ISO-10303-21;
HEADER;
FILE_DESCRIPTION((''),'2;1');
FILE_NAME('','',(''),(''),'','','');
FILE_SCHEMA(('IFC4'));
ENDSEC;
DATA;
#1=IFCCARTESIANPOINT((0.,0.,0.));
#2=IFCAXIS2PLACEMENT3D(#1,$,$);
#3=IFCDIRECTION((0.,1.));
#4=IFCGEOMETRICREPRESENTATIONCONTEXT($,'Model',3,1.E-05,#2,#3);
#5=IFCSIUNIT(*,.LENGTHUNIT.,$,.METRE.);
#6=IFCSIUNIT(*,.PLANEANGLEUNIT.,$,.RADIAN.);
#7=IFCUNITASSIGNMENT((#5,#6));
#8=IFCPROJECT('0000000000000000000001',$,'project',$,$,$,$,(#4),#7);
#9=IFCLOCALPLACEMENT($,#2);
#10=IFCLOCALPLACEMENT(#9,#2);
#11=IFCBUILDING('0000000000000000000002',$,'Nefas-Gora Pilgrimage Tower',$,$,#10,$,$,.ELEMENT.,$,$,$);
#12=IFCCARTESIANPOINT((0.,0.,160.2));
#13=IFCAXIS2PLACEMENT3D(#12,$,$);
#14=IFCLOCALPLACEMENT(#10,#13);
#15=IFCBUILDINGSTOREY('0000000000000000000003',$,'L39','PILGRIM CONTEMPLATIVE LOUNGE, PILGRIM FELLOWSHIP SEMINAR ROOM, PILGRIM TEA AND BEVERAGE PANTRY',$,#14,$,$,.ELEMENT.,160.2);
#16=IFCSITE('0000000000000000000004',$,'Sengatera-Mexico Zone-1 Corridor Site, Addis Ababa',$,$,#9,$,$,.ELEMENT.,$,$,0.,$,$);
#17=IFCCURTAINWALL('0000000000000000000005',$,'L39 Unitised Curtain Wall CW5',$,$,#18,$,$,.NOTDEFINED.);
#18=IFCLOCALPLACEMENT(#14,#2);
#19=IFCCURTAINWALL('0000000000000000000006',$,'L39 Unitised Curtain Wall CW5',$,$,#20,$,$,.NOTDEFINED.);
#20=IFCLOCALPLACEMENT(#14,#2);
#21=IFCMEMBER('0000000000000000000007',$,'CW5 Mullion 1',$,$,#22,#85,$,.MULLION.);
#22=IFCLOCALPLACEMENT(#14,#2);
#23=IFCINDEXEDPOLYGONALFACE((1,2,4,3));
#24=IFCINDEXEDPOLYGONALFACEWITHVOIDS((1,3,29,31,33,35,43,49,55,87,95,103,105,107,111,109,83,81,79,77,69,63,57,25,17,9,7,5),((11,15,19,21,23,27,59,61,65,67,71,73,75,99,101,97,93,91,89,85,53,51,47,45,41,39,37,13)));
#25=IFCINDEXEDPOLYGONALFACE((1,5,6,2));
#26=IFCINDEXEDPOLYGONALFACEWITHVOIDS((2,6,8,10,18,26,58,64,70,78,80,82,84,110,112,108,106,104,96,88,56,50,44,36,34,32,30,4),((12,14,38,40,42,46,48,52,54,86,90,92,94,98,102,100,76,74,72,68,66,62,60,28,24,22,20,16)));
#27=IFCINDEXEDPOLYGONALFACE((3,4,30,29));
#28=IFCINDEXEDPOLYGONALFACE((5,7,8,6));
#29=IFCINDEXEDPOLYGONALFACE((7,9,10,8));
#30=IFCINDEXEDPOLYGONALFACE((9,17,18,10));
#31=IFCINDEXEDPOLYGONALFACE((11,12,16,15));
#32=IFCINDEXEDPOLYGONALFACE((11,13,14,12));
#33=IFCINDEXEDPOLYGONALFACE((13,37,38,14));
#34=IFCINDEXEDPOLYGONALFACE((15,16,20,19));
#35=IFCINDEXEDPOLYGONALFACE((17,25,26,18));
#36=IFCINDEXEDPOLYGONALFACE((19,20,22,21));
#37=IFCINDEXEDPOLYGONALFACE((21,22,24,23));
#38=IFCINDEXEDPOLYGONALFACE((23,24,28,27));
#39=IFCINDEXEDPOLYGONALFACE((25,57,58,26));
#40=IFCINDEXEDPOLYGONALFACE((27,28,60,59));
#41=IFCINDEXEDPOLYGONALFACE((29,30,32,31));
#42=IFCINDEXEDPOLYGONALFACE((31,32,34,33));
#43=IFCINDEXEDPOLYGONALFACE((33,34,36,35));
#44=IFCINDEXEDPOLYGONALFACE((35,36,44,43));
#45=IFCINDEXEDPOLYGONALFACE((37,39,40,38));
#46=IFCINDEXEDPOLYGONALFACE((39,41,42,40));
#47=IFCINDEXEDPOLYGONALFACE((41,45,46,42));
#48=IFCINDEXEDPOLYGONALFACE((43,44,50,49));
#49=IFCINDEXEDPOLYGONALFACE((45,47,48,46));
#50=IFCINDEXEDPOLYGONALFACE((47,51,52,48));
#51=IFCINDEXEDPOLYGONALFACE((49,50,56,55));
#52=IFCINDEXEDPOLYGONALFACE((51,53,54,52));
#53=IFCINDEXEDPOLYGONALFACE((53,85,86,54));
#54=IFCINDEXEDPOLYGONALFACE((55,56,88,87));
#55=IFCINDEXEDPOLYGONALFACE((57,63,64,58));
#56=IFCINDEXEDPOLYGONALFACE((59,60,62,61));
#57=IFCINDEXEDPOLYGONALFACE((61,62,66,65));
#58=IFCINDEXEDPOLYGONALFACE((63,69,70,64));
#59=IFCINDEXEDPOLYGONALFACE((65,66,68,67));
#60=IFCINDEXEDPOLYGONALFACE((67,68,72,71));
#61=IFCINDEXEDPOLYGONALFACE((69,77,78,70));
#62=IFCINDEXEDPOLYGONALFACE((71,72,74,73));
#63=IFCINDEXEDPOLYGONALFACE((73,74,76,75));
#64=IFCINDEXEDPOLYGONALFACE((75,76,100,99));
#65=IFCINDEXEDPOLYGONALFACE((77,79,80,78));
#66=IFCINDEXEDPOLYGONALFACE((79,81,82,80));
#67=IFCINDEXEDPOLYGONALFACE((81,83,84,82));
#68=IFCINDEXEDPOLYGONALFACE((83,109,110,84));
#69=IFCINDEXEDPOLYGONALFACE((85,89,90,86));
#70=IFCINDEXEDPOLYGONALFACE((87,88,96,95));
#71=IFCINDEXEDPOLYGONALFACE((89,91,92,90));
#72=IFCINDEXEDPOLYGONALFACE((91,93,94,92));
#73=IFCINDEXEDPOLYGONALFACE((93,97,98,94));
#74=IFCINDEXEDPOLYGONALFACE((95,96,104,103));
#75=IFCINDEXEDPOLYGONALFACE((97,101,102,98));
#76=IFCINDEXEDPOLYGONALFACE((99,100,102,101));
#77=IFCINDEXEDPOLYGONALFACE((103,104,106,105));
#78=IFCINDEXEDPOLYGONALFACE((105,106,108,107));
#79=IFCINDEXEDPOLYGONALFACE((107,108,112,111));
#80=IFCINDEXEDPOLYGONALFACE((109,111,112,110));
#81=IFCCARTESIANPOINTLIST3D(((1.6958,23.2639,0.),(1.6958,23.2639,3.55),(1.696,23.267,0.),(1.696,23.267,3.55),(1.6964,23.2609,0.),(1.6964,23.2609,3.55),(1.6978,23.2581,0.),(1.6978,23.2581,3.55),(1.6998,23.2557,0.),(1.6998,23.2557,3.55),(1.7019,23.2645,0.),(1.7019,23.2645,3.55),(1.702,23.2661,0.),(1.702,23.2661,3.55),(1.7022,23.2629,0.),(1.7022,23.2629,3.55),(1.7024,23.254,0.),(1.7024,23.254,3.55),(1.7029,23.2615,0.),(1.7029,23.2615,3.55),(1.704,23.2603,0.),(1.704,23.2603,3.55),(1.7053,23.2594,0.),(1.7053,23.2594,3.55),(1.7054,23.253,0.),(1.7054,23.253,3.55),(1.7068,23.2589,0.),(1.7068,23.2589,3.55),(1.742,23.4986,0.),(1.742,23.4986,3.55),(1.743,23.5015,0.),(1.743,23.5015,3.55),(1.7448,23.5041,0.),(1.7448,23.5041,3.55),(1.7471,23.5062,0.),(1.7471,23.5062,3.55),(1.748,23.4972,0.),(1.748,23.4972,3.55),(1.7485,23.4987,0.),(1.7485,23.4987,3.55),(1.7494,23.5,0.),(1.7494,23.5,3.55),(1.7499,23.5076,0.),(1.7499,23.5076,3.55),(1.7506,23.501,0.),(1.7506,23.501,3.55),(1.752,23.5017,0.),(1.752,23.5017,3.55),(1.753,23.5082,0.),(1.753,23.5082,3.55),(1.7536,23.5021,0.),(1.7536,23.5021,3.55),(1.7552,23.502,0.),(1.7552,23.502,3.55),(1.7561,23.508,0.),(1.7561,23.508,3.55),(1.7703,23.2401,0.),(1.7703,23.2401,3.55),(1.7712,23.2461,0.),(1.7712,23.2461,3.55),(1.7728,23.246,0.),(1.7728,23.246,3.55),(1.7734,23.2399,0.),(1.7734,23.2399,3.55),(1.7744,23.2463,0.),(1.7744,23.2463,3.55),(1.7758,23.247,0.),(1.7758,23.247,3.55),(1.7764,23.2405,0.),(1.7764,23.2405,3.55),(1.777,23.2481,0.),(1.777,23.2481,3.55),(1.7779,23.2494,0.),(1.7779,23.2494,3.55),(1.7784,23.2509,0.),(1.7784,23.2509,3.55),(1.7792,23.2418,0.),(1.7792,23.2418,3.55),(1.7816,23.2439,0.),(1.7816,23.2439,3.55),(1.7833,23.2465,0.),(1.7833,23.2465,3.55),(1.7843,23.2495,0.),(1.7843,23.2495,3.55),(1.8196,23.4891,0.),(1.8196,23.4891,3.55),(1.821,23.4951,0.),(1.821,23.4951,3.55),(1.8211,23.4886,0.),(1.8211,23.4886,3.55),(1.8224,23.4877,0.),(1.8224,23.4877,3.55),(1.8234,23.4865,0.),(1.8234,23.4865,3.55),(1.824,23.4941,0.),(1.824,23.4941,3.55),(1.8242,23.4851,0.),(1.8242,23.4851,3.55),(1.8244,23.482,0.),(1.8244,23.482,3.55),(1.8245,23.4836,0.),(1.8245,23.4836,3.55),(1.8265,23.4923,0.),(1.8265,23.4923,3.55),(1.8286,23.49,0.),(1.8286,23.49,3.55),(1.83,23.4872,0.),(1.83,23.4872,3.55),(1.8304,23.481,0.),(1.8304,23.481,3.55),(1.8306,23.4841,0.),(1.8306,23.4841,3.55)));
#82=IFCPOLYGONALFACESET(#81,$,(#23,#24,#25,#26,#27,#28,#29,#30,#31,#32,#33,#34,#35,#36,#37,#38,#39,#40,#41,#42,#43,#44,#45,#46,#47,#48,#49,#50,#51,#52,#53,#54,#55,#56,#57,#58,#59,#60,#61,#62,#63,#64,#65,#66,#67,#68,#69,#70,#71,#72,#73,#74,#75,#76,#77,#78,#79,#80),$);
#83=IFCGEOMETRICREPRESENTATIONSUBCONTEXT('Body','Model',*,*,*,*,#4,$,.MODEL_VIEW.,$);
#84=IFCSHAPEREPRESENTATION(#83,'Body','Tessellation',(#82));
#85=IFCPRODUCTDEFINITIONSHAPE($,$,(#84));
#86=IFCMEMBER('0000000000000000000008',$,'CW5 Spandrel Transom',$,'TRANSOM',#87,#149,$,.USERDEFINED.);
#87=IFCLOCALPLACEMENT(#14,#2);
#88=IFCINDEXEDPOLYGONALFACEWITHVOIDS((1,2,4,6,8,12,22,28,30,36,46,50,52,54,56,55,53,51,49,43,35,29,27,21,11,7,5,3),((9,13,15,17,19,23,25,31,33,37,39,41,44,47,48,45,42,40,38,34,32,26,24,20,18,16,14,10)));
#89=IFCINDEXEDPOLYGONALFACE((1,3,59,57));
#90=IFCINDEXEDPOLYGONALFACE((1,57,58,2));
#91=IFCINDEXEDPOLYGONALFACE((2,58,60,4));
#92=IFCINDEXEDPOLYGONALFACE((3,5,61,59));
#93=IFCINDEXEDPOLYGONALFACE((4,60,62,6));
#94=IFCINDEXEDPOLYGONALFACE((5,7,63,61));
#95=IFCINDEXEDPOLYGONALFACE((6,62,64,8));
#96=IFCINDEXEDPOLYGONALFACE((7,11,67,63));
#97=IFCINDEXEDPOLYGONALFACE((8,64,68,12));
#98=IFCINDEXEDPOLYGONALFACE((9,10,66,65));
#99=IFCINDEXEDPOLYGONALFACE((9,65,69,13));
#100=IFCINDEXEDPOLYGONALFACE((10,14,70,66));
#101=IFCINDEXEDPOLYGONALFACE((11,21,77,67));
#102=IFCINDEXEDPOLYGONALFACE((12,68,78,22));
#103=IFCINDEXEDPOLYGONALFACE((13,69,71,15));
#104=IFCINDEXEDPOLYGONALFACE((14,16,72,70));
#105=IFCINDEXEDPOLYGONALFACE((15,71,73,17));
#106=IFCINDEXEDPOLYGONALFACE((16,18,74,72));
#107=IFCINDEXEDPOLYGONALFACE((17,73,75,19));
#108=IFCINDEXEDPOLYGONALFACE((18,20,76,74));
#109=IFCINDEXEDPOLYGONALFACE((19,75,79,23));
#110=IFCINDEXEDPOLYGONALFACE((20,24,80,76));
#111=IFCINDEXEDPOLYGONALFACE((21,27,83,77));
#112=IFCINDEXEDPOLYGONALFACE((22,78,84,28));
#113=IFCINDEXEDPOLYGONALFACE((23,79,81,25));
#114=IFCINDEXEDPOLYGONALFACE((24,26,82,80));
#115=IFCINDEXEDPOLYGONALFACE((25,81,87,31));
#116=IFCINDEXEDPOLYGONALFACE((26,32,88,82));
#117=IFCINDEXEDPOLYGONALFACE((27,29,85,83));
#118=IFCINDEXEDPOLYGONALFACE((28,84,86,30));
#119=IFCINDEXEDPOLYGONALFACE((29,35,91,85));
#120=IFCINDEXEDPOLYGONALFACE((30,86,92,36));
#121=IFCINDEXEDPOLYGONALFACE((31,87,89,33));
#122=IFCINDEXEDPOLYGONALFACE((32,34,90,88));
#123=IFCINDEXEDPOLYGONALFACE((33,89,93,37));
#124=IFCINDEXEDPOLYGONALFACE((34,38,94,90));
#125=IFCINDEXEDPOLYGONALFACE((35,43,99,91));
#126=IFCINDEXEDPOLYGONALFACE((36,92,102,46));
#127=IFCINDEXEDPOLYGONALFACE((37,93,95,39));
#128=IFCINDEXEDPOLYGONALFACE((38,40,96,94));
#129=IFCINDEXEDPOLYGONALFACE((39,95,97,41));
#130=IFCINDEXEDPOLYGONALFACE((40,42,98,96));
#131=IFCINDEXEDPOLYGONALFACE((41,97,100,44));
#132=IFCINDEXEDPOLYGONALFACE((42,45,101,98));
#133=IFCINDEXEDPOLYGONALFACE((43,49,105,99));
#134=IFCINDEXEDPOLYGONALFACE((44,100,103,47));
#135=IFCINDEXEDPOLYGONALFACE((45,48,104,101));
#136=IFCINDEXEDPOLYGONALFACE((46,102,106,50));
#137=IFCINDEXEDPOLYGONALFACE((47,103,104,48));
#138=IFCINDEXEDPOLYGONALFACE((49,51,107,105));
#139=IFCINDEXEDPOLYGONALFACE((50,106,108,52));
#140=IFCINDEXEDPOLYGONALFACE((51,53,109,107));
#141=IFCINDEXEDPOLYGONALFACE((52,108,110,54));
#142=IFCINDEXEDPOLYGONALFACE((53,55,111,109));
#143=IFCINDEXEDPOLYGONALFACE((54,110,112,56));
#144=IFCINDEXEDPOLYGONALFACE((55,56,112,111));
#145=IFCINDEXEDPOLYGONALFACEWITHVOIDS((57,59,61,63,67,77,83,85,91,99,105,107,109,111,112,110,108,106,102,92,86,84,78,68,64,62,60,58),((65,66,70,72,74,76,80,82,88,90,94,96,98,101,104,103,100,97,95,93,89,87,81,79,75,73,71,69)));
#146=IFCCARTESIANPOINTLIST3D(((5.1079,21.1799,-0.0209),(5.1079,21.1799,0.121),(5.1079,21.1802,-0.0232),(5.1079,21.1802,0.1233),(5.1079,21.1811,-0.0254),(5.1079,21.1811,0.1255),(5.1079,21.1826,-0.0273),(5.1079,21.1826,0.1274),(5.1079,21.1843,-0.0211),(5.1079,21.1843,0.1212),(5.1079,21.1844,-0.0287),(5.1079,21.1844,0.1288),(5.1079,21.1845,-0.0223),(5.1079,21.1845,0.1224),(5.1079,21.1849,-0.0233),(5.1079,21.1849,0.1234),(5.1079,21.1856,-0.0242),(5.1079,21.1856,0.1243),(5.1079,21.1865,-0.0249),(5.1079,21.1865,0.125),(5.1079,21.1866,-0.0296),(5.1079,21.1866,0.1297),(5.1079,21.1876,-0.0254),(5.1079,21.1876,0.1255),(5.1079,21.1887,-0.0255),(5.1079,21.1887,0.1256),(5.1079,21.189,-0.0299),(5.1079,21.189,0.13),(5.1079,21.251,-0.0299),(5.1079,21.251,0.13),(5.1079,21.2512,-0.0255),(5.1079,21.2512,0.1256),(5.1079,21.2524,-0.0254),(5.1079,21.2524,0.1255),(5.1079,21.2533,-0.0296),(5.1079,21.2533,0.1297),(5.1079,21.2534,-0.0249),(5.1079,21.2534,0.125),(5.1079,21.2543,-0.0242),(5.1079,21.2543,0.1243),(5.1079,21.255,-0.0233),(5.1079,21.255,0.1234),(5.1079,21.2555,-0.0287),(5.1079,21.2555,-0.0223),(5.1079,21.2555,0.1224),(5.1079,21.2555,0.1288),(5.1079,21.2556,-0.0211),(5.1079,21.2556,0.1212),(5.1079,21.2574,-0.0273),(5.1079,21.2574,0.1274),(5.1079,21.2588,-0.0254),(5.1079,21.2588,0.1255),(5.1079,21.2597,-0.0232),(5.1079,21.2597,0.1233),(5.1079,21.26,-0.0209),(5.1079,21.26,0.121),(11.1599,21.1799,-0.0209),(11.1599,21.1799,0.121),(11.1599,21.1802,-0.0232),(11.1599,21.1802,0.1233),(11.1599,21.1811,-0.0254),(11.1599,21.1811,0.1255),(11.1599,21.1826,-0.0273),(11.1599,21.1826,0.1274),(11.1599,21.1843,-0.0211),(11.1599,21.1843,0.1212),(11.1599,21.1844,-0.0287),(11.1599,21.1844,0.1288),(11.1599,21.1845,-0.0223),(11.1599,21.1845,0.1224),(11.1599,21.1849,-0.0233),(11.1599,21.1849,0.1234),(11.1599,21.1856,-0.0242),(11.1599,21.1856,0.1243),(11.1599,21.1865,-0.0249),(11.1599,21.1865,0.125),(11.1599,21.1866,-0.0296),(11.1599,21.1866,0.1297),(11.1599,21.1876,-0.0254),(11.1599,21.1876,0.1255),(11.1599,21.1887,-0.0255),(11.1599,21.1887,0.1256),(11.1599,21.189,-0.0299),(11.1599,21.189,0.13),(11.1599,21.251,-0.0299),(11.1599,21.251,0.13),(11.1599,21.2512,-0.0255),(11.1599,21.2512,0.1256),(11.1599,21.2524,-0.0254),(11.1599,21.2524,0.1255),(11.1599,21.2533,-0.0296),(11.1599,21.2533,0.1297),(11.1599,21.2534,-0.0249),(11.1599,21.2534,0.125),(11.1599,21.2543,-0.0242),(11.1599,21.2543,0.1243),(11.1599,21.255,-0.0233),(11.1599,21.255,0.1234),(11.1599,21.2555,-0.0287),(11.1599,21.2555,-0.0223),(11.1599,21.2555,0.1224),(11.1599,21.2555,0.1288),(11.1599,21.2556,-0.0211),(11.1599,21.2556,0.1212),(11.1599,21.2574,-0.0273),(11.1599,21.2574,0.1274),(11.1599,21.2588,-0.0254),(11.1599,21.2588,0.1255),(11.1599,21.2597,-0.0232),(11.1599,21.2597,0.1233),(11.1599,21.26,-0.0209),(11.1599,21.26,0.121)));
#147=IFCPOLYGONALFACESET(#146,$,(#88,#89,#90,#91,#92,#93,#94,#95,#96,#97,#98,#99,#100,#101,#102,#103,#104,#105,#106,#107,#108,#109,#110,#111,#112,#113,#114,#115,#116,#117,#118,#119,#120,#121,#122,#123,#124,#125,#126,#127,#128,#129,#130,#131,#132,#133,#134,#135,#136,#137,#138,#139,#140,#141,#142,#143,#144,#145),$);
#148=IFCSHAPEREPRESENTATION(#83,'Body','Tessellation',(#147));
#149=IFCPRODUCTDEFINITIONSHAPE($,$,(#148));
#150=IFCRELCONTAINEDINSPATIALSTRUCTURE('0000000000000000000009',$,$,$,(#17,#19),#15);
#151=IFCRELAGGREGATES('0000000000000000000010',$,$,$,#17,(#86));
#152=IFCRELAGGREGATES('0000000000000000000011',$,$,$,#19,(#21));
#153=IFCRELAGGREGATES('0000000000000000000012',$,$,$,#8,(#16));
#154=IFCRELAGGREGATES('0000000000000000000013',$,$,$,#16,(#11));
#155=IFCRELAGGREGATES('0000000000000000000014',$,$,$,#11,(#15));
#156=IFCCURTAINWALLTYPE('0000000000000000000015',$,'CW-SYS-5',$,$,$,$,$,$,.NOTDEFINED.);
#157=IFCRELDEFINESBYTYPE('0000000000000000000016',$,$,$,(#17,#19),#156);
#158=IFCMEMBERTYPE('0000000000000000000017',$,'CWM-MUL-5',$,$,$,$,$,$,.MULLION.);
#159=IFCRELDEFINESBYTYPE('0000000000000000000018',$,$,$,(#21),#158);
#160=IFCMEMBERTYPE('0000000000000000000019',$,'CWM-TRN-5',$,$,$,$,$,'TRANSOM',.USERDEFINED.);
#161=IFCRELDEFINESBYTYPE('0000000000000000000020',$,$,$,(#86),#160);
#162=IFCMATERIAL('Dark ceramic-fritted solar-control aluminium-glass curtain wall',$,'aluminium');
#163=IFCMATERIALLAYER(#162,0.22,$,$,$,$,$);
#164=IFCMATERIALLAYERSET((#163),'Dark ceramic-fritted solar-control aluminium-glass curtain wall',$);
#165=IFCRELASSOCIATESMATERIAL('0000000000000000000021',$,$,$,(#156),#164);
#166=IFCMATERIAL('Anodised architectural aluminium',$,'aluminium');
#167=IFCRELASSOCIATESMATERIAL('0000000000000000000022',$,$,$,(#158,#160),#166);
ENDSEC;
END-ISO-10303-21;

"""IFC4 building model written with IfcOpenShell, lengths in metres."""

from ifc_helpers import new_model, si_unit, direction, frame, origin, origin_2d, place, context, subcontext, project, spatial, hollow_rectangle, extrude, source, transform, mapped, material, layer, layer_set, material_profile, profile_set, type_object, element, aggregate, save


model = new_model("IFC4")

# Units and contexts
model_context = context("Model", 3, precision=1e-05, world=origin(), true_north=direction((0.0, 1.0)))
body_context = subcontext(model_context, "Body", "Model", "MODEL_VIEW")
ifc_project = project(units=[si_unit("LENGTHUNIT", "METRE"), si_unit("PLANEANGLEUNIT", "RADIAN")], contexts=[model_context])

# Site, building, storey
site_placement = place(None, origin())
site = spatial("IfcSite", under=ifc_project, at=site_placement, Name="Sengatera-Mexico Zone-1 Corridor Site, Addis Ababa", CompositionType="ELEMENT", RefElevation=0.0)
building_placement = place(site_placement, origin())
building = spatial("IfcBuilding", under=site, at=building_placement, Name="Nefas-Gora Pilgrimage Tower", CompositionType="ELEMENT")
storey_placement = place(building_placement, frame((0.0, 0.0, 160.2)))
storey = spatial("IfcBuildingStorey", under=building, at=storey_placement, Name="L39", Description="PILGRIM CONTEMPLATIVE LOUNGE, PILGRIM FELLOWSHIP SEMINAR ROOM, PILGRIM TEA AND BEVERAGE PANTRY", CompositionType="ELEMENT", Elevation=160.2)

# Curtain wall
ifc_material_1 = material(Name="Dark ceramic-fritted solar-control aluminium-glass curtain wall", Category="aluminium")
ifc_layer_1 = layer(ifc_material_1, 0.22)
ifc_layer_set_1 = layer_set([ifc_layer_1], Name="Dark ceramic-fritted solar-control aluminium-glass curtain wall")
curtain_wall_type_1 = type_object("IfcCurtainWallType", Name="CW-SYS-5", PredefinedType="NOTDEFINED", material=ifc_layer_set_1)
curtain_wall_1_placement = place(storey_placement, origin())
curtain_wall_1 = element("IfcCurtainWall", 1, at=curtain_wall_1_placement, inside=storey, type_object=curtain_wall_type_1, Name="L39 Unitised Curtain Wall CW5", PredefinedType="NOTDEFINED")
ifc_material_2 = material(Name="Anodised architectural aluminium", Category="aluminium")
ifc_material_profile_1 = material_profile(ifc_material_2, hollow_rectangle(XDim=0.0901, YDim=0.26, WallThickness=0.0061, InnerFilletRadius=0.0061, OuterFilletRadius=0.012, at=origin_2d()), Name="ALU MULLION 90x260")
ifc_profile_set_1 = profile_set([ifc_material_profile_1], Name="Anodised architectural aluminium")
member_type_1 = type_object("IfcMemberType", Name="CWM-MUL-5", PredefinedType="MULLION", material=ifc_profile_set_1)
shared_shape_1 = source(origin(), body_context, "Body", "SweptSolid", [
    extrude(hollow_rectangle(XDim=0.0901, YDim=0.26, WallThickness=0.0061, InnerFilletRadius=0.0061, OuterFilletRadius=0.012, at=origin_2d()), origin(), (0.0, 0.0, 1.0), 3.55),
])

# Curtain wall, member
curtain_wall_2_placement = place(storey_placement, origin())
curtain_wall_2 = element("IfcCurtainWall", 2, at=curtain_wall_2_placement, inside=storey, type_object=curtain_wall_type_1, Name="L39 Unitised Curtain Wall CW5", PredefinedType="NOTDEFINED")
member_1_placement = place(storey_placement, frame((1.7632, 23.374, 0.0), z_axis=(0.0, 0.0, 1.0), x_axis=(-0.980783, 0.195102, 0.0)))
member_1 = element("IfcMember", 3, at=member_1_placement, type_object=member_type_1, Name="CW5 Mullion 1", PredefinedType="MULLION", context=body_context, shape_type="MappedRepresentation", body=[
    mapped(shared_shape_1, transform((0.0, 0.0, 0.0), x_axis=(1.0, 0.0, 0.0), y_axis=(0.0, 1.0, 0.0), z_axis=(0.0, 0.0, 1.0), scale=1.0)),
])

# Member
ifc_material_profile_2 = material_profile(ifc_material_2, hollow_rectangle(XDim=0.0801, YDim=0.1599, WallThickness=0.0044, InnerFilletRadius=0.0044, OuterFilletRadius=0.009, at=origin_2d()), Name="ALU TRANSOM 80x160")
ifc_profile_set_2 = profile_set([ifc_material_profile_2], Name="Anodised architectural aluminium")
member_type_2 = type_object("IfcMemberType", Name="CWM-TRN-5", ElementType="TRANSOM", PredefinedType="USERDEFINED", material=ifc_profile_set_2)
shared_shape_2 = source(origin(), body_context, "Body", "SweptSolid", [
    extrude(hollow_rectangle(XDim=0.0801, YDim=0.1599, WallThickness=0.0044, InnerFilletRadius=0.0044, OuterFilletRadius=0.009, at=origin_2d()), origin(), (0.0, 0.0, 1.0), 6.052),
])
member_2_placement = place(storey_placement, frame((11.1599, 21.22, 0.05), z_axis=(-1.0, 0.0, 0.0), x_axis=(0.0, -1.0, 0.0)))
member_2 = element("IfcMember", 4, at=member_2_placement, type_object=member_type_2, Name="CW5 Spandrel Transom", ObjectType="TRANSOM", PredefinedType="USERDEFINED", context=body_context, shape_type="MappedRepresentation", body=[
    mapped(shared_shape_2, transform((0.0, 0.0, 0.0), x_axis=(1.0, 0.0, 0.0), y_axis=(0.0, 1.0, 0.0), z_axis=(0.0, 0.0, 1.0), scale=1.0)),
])

aggregate(curtain_wall_1, [member_2])
aggregate(curtain_wall_2, [member_1])

save(model, "model.ifc")
